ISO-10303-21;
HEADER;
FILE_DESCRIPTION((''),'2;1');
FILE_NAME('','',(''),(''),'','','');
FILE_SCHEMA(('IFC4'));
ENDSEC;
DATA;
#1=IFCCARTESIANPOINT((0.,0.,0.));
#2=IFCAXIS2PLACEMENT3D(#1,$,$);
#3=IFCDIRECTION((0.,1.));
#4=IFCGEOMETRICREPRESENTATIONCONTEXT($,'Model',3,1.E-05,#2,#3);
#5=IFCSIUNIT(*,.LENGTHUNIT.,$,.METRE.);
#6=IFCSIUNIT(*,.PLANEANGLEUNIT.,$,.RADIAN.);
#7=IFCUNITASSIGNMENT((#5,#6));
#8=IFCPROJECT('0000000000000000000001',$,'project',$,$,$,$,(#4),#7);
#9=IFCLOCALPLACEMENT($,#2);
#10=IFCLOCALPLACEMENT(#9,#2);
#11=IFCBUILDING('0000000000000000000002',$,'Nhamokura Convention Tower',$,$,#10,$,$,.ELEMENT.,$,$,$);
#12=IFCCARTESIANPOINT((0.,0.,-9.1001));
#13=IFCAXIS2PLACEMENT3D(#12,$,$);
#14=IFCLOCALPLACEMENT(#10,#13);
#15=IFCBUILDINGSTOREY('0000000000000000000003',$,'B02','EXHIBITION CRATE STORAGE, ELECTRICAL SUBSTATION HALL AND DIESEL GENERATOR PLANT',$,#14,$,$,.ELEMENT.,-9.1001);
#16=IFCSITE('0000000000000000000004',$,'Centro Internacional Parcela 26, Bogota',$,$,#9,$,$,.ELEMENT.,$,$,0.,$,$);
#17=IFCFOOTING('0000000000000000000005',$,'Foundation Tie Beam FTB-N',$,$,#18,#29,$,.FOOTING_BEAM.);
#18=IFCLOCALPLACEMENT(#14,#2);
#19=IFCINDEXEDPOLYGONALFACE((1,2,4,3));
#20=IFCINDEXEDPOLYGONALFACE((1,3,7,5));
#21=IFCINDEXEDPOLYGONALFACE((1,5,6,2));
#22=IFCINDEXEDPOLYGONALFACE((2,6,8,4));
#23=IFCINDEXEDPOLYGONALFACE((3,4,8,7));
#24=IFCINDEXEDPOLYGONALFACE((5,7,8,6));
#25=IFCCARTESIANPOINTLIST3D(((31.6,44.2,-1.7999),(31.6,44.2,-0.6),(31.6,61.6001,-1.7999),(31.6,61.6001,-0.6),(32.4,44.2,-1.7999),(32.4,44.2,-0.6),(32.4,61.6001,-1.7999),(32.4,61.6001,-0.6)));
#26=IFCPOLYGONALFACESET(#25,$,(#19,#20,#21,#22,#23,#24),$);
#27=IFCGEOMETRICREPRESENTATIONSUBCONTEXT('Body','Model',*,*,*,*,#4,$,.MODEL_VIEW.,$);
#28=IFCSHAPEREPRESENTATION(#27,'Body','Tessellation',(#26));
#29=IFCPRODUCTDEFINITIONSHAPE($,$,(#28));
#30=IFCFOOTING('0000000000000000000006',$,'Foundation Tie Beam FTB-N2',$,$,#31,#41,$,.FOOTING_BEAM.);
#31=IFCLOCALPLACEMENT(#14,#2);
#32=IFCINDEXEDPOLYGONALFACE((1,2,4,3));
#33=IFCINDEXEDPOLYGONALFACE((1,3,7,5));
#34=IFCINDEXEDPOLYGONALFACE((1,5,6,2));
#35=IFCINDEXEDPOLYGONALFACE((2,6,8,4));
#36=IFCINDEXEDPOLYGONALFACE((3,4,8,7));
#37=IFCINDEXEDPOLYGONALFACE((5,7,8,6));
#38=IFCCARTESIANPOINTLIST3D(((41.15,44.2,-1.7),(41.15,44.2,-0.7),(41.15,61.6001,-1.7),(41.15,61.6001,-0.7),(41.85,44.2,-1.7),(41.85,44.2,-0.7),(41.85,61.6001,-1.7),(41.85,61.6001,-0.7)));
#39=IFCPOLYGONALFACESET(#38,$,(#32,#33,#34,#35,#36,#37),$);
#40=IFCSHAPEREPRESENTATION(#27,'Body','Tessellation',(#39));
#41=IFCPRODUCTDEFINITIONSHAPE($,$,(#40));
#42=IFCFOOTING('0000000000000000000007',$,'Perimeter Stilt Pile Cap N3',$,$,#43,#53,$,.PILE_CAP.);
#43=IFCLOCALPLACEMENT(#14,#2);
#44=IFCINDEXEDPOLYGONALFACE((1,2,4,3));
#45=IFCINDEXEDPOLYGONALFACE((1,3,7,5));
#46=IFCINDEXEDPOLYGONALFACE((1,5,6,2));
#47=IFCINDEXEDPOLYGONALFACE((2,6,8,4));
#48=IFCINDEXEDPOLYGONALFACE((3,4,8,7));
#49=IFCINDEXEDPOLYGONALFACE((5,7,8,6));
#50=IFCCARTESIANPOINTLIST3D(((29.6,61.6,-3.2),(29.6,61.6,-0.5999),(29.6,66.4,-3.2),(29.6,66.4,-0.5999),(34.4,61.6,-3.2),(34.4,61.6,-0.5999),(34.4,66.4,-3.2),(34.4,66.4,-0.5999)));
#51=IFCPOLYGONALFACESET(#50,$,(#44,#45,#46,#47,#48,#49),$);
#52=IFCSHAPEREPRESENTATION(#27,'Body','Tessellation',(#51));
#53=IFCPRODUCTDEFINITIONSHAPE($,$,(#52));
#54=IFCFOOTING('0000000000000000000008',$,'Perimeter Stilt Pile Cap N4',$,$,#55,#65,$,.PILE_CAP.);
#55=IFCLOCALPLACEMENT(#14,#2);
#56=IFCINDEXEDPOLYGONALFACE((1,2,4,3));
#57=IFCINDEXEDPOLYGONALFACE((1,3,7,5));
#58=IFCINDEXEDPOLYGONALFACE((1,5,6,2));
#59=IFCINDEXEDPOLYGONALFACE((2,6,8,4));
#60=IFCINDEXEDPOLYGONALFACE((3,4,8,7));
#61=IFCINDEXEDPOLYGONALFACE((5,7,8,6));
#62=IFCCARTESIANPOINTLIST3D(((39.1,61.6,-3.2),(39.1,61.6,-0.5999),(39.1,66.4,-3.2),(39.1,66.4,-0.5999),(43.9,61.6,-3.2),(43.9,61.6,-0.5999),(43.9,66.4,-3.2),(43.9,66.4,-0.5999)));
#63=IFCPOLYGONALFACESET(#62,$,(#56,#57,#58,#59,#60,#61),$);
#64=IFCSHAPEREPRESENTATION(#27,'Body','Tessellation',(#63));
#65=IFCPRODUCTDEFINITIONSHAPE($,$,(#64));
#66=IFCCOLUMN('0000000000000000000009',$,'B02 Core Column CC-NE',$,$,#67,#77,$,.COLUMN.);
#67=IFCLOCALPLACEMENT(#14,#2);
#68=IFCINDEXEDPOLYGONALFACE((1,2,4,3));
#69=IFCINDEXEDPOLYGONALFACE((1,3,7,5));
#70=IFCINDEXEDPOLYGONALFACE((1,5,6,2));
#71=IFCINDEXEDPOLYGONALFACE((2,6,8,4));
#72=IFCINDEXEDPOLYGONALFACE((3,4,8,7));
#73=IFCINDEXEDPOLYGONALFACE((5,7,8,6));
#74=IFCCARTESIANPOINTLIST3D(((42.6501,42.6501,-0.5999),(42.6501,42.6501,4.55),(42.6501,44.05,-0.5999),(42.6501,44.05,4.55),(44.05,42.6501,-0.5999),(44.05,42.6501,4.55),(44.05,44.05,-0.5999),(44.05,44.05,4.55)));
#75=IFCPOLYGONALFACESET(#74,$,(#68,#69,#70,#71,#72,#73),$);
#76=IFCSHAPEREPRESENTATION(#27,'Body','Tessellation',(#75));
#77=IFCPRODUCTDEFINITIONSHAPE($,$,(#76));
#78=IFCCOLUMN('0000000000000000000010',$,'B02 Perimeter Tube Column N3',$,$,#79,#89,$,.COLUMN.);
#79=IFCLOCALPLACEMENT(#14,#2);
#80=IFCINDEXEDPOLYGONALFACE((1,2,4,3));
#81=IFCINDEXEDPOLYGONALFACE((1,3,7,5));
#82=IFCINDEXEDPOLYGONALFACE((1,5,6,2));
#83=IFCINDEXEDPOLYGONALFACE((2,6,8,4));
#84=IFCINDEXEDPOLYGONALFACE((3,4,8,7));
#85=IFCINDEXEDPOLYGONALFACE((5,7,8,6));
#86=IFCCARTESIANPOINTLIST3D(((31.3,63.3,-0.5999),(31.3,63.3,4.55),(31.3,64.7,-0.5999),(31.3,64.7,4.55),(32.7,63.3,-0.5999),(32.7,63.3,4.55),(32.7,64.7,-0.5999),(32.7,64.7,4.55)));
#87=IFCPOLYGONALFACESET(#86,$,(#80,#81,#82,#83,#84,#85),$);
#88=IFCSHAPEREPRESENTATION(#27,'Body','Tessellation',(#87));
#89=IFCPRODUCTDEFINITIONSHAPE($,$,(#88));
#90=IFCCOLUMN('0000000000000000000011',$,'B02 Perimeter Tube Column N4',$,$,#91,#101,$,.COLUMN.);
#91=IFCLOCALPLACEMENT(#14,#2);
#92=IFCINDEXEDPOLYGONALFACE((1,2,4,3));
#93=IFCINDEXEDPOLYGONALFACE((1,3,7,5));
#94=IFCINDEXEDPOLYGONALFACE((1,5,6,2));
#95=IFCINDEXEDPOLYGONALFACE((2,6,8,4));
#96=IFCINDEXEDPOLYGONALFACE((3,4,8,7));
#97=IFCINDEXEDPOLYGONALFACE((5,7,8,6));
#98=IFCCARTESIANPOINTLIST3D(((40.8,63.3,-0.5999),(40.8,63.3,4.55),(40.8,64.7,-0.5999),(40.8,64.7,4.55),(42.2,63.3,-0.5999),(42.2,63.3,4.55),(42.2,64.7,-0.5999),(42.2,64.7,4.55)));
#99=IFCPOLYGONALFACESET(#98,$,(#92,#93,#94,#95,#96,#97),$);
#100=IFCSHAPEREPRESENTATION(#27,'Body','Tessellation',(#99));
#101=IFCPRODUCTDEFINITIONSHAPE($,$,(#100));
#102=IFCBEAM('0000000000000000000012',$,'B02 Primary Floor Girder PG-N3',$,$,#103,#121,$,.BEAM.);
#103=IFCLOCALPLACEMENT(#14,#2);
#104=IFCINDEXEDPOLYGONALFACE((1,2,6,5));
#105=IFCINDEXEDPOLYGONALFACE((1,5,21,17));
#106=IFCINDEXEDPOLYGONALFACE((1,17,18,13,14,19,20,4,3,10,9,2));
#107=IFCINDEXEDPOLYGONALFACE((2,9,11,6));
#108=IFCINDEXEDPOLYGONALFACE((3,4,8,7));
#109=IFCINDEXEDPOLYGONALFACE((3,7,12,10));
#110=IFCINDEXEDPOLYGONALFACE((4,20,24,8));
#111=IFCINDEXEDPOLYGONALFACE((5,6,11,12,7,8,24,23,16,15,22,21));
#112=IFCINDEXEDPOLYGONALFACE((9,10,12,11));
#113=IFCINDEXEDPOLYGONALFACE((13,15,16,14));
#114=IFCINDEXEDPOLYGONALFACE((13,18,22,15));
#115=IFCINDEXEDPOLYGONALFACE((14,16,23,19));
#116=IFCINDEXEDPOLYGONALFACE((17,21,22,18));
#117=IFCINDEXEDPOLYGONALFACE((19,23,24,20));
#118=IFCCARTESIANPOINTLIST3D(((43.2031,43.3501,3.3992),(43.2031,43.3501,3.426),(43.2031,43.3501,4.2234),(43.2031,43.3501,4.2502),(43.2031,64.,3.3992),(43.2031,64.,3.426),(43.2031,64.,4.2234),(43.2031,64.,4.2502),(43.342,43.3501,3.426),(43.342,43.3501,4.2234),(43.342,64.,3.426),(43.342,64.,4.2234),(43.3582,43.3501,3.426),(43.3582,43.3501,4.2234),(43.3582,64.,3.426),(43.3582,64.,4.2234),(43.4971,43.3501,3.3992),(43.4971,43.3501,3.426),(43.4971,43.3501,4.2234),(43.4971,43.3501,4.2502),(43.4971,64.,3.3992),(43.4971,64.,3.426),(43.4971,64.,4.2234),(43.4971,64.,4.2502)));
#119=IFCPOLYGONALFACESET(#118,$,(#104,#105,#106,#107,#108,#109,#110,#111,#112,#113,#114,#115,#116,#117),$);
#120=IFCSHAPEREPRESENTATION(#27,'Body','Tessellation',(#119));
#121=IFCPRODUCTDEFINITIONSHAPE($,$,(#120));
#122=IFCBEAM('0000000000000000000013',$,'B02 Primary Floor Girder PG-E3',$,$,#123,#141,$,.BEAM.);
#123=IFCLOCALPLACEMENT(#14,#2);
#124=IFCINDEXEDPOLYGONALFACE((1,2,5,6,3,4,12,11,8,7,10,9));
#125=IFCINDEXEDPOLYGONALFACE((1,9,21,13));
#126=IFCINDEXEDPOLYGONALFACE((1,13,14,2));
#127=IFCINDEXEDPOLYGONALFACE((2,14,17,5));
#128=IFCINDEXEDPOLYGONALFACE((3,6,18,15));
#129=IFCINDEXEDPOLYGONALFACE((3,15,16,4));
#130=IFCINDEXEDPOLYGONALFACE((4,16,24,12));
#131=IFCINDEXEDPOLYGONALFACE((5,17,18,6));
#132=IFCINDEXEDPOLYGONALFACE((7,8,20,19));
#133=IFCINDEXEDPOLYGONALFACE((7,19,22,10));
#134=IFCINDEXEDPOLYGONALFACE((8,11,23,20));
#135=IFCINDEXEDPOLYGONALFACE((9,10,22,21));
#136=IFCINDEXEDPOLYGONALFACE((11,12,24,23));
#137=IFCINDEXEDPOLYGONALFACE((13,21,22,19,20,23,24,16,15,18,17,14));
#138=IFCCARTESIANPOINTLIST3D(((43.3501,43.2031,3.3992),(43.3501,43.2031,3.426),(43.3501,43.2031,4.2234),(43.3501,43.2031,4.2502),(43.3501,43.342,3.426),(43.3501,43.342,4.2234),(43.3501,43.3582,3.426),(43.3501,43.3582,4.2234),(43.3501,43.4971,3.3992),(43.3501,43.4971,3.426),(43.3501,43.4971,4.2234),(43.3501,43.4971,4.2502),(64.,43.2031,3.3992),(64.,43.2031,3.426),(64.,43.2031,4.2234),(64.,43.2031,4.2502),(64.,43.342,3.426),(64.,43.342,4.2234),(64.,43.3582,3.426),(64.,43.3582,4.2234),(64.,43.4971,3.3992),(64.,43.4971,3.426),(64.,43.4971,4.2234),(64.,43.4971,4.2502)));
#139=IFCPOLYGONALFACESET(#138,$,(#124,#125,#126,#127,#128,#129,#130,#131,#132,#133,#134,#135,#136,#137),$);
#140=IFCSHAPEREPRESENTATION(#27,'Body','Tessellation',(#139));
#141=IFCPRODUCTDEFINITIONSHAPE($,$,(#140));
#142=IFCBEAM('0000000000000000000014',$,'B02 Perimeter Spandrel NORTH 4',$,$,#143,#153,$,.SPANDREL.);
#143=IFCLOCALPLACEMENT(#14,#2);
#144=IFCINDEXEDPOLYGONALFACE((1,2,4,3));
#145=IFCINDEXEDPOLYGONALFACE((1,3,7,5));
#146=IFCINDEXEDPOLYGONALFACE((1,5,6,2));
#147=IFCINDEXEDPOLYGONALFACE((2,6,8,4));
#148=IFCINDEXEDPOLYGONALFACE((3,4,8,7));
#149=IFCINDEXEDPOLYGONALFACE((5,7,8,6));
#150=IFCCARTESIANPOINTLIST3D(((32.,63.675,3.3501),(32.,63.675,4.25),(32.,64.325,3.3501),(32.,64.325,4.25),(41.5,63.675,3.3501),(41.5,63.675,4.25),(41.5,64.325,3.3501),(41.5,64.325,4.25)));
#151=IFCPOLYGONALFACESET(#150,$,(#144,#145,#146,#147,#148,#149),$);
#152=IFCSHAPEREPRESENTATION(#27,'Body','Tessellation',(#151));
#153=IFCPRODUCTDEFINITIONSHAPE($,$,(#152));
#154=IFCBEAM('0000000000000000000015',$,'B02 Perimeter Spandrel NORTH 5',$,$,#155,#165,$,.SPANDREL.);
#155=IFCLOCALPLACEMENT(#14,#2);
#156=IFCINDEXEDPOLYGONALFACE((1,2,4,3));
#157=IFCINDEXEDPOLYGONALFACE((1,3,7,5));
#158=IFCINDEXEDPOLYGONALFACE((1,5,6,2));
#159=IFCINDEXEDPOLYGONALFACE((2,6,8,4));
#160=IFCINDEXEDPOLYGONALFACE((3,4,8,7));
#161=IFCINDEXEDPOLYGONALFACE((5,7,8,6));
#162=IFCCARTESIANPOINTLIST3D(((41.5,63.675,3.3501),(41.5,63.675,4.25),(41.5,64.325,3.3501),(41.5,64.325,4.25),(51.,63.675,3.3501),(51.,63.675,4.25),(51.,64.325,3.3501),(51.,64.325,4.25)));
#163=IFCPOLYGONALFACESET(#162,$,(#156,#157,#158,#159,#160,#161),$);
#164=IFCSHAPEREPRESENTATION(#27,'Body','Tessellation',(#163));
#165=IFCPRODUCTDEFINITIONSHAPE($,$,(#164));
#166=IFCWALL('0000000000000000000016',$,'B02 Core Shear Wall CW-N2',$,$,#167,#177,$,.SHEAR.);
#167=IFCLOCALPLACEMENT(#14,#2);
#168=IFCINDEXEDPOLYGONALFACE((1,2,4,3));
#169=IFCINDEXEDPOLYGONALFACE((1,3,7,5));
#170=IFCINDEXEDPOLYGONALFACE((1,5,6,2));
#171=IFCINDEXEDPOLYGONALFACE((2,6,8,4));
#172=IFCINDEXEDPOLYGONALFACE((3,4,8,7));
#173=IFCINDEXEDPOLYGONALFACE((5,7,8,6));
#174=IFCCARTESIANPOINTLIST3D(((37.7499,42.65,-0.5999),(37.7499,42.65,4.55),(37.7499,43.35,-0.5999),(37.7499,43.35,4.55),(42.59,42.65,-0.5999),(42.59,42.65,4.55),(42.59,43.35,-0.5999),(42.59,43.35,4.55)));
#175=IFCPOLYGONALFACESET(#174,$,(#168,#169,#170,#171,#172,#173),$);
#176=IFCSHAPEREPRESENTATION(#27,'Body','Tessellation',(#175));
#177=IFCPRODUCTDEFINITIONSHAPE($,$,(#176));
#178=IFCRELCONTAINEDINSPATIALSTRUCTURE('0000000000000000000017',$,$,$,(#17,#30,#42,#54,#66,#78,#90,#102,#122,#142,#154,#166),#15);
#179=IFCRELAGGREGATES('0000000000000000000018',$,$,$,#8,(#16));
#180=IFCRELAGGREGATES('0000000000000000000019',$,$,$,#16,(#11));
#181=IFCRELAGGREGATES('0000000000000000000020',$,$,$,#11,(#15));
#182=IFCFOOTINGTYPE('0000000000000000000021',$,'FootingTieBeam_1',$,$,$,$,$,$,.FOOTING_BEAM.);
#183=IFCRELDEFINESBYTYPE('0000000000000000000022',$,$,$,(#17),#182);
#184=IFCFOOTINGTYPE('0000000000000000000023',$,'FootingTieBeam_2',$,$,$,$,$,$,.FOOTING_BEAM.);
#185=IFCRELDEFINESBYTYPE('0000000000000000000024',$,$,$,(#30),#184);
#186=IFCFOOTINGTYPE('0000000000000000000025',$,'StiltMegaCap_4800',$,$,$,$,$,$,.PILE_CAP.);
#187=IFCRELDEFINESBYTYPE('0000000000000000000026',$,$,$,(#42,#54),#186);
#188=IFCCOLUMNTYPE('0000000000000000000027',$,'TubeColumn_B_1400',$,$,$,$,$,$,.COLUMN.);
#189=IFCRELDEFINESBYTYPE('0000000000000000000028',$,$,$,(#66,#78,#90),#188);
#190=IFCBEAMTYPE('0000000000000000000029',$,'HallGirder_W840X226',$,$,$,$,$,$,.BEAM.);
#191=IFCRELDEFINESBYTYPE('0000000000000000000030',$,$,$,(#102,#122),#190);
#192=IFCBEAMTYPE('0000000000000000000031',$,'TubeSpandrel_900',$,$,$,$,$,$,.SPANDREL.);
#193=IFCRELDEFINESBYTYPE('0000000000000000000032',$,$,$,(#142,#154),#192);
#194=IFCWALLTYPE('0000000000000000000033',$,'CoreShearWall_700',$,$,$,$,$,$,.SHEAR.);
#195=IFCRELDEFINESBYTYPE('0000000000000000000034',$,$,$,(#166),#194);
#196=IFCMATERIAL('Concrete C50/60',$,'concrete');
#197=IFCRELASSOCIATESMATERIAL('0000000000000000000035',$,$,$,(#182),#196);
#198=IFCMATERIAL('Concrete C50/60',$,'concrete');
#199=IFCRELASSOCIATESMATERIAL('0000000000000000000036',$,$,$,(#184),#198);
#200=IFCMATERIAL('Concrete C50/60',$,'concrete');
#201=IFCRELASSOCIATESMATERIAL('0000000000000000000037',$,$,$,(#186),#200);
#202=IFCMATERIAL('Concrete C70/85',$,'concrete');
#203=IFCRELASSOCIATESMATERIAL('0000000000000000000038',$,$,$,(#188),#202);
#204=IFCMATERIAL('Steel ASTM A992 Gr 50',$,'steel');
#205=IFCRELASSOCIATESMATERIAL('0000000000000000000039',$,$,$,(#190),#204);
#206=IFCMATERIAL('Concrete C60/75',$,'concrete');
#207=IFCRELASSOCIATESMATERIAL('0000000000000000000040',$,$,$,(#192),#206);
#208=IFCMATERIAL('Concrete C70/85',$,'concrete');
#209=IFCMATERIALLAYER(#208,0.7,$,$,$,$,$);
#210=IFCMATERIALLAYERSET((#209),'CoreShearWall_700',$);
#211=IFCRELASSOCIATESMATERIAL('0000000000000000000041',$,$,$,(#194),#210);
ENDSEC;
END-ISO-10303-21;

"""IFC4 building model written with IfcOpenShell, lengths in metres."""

from ifc_helpers import new_model, si_unit, direction, frame, frame_2d, origin, origin_2d, place, context, subcontext, project, spatial, rectangle, i_section, extrude, material, layer, layer_set, material_profile, profile_set, type_object, element, save


model = new_model("IFC4")

# Units and contexts
model_context = context("Model", 3, precision=1e-05, world=origin(), true_north=direction((0.0, 1.0)))
body_context = subcontext(model_context, "Body", "Model", "MODEL_VIEW")
ifc_project = project(units=[si_unit("LENGTHUNIT", "METRE"), si_unit("PLANEANGLEUNIT", "RADIAN")], contexts=[model_context])

# Site, building, storey
site_placement = place(None, origin())
site = spatial("IfcSite", under=ifc_project, at=site_placement, Name="Centro Internacional Parcela 26, Bogota", CompositionType="ELEMENT", RefElevation=0.0)
building_placement = place(site_placement, origin())
building = spatial("IfcBuilding", under=site, at=building_placement, Name="Nhamokura Convention Tower", CompositionType="ELEMENT")
storey_placement = place(building_placement, frame((0.0, 0.0, -9.1001)))
storey = spatial("IfcBuildingStorey", under=building, at=storey_placement, Name="B02", Description="EXHIBITION CRATE STORAGE, ELECTRICAL SUBSTATION HALL AND DIESEL GENERATOR PLANT", CompositionType="ELEMENT", Elevation=-9.1001)

# Footings
ifc_material_1 = material(Name="Concrete C50/60", Category="concrete")
ifc_material_profile_1 = material_profile(ifc_material_1, rectangle(XDim=0.8, YDim=1.2, at=origin_2d()))
ifc_profile_set_1 = profile_set([ifc_material_profile_1], Name="Concrete C50/60")
footing_type_1 = type_object("IfcFootingType", Name="FootingTieBeam_1", PredefinedType="FOOTING_BEAM", material=ifc_profile_set_1)
footing_1_placement = place(storey_placement, frame((32.0, 44.2, -1.2), z_axis=(0.0, 1.0, 0.0), x_axis=(-1.0, 0.0, 0.0)))
element("IfcFooting", 1, at=footing_1_placement, inside=storey, type_object=footing_type_1, Name="Foundation Tie Beam FTB-N", PredefinedType="FOOTING_BEAM", context=body_context, shape_type="SweptSolid", body=[
    extrude(rectangle(XDim=0.8, YDim=1.2, at=origin_2d()), origin(), (0.0, 0.0, 1.0), 17.4001),
])
ifc_material_2 = material(Name="Concrete C50/60", Category="concrete")
ifc_material_profile_2 = material_profile(ifc_material_2, rectangle(XDim=0.7, YDim=1.0, at=origin_2d()))
ifc_profile_set_2 = profile_set([ifc_material_profile_2], Name="Concrete C50/60")
footing_type_2 = type_object("IfcFootingType", Name="FootingTieBeam_2", PredefinedType="FOOTING_BEAM", material=ifc_profile_set_2)
footing_2_placement = place(storey_placement, frame((41.5, 44.2, -1.2), z_axis=(0.0, 1.0, 0.0), x_axis=(-1.0, 0.0, 0.0)))
element("IfcFooting", 2, at=footing_2_placement, inside=storey, type_object=footing_type_2, Name="Foundation Tie Beam FTB-N2", PredefinedType="FOOTING_BEAM", context=body_context, shape_type="SweptSolid", body=[
    extrude(rectangle(XDim=0.7, YDim=1.0, at=origin_2d()), origin(), (0.0, 0.0, 1.0), 17.4001),
])
ifc_material_3 = material(Name="Concrete C50/60", Category="concrete")
footing_type_3 = type_object("IfcFootingType", Name="StiltMegaCap_4800", PredefinedType="PILE_CAP", material=ifc_material_3)
for number, where, z_axis, x_axis, name in (
    (3, (32.0, 64.0, -3.2), (0.0, 0.0, 1.0), (1.0, 0.0, 0.0), "Perimeter Stilt Pile Cap N3"),
    (4, (41.5, 64.0, -3.2), (0.0, 0.0, 1.0), (1.0, 0.0, 0.0), "Perimeter Stilt Pile Cap N4"),
):
    element("IfcFooting", number, at=place(storey_placement, frame(where, z_axis=z_axis, x_axis=x_axis)), inside=storey, type_object=footing_type_3, Name=name, PredefinedType="PILE_CAP", context=body_context, shape_type="SweptSolid", body=[
        extrude(rectangle(XDim=4.8, YDim=4.8, at=origin_2d()), origin(), (0.0, 0.0, 1.0), 2.6001),
    ])

# Columns
ifc_material_4 = material(Name="Concrete C70/85", Category="concrete")
ifc_material_profile_3 = material_profile(ifc_material_4, rectangle(XDim=1.3999, YDim=1.3999, at=origin_2d()))
ifc_profile_set_3 = profile_set([ifc_material_profile_3], Name="Concrete C70/85")
column_type = type_object("IfcColumnType", Name="TubeColumn_B_1400", PredefinedType="COLUMN", material=ifc_profile_set_3)
for number, where, z_axis, x_axis, name in (
    (5, (43.3501, 43.3501, -0.5999), (0.0, 0.0, 1.0), (1.0, 0.0, 0.0), "B02 Core Column CC-NE"),
    (6, (32.0, 64.0, -0.5999), (0.0, 0.0, 1.0), (1.0, 0.0, 0.0), "B02 Perimeter Tube Column N3"),
    (7, (41.5, 64.0, -0.5999), (0.0, 0.0, 1.0), (1.0, 0.0, 0.0), "B02 Perimeter Tube Column N4"),
):
    element("IfcColumn", number, at=place(storey_placement, frame(where, z_axis=z_axis, x_axis=x_axis)), inside=storey, type_object=column_type, Name=name, PredefinedType="COLUMN", context=body_context, shape_type="SweptSolid", body=[
        extrude(rectangle(XDim=1.3999, YDim=1.3999, at=origin_2d()), origin(), (0.0, 0.0, 1.0), 5.1499),
    ])

# Beams
ifc_material_5 = material(Name="Steel ASTM A992 Gr 50", Category="steel")
ifc_material_profile_4 = material_profile(ifc_material_5, i_section(OverallWidth=0.2939, OverallDepth=0.8511, WebThickness=0.0161, FlangeThickness=0.0269, at=origin_2d()))
ifc_profile_set_4 = profile_set([ifc_material_profile_4], Name="Steel ASTM A992 Gr 50")
beam_type_1 = type_object("IfcBeamType", Name="HallGirder_W840X226", PredefinedType="BEAM", material=ifc_profile_set_4)
for number, where, z_axis, x_axis, name in (
    (8, (43.3501, 43.3501, 3.8247), (0.0, 1.0, 0.0), (-1.0, 0.0, 0.0), "B02 Primary Floor Girder PG-N3"),
    (9, (43.3501, 43.3501, 3.8247), (1.0, 0.0, 0.0), (0.0, 1.0, 0.0), "B02 Primary Floor Girder PG-E3"),
):
    element("IfcBeam", number, at=place(storey_placement, frame(where, z_axis=z_axis, x_axis=x_axis)), inside=storey, type_object=beam_type_1, Name=name, PredefinedType="BEAM", context=body_context, shape_type="SweptSolid", body=[
        extrude(i_section(OverallWidth=0.2939, OverallDepth=0.8511, WebThickness=0.0161, FlangeThickness=0.0269, at=origin_2d()), origin(), (0.0, 0.0, 1.0), 20.6499),
    ])
ifc_material_6 = material(Name="Concrete C60/75", Category="concrete")
ifc_material_profile_5 = material_profile(ifc_material_6, rectangle(XDim=0.6499, YDim=0.8999, at=origin_2d()))
ifc_profile_set_5 = profile_set([ifc_material_profile_5], Name="Concrete C60/75")
beam_type_2 = type_object("IfcBeamType", Name="TubeSpandrel_900", PredefinedType="SPANDREL", material=ifc_profile_set_5)
for number, where, z_axis, x_axis, name in (
    (10, (32.0, 64.0, 3.8), (1.0, 0.0, 0.0), (0.0, 1.0, 0.0), "B02 Perimeter Spandrel NORTH 4"),
    (11, (41.5, 64.0, 3.8), (1.0, 0.0, 0.0), (0.0, 1.0, 0.0), "B02 Perimeter Spandrel NORTH 5"),
):
    element("IfcBeam", number, at=place(storey_placement, frame(where, z_axis=z_axis, x_axis=x_axis)), inside=storey, type_object=beam_type_2, Name=name, PredefinedType="SPANDREL", context=body_context, shape_type="SweptSolid", body=[
        extrude(rectangle(XDim=0.6499, YDim=0.8999, at=origin_2d()), origin(), (0.0, 0.0, 1.0), 9.5),
    ])

# Wall
ifc_material_7 = material(Name="Concrete C70/85", Category="concrete")
ifc_layer_1 = layer(ifc_material_7, 0.7)
ifc_layer_set_1 = layer_set([ifc_layer_1], Name="CoreShearWall_700")
wall_type_1 = type_object("IfcWallType", Name="CoreShearWall_700", PredefinedType="SHEAR", material=ifc_layer_set_1)
wall_1_placement = place(storey_placement, frame((37.75, 43.0, -0.5999), z_axis=(0.0, 0.0, 1.0), x_axis=(1.0, 0.0, 0.0)))
element("IfcWall", 12, at=wall_1_placement, inside=storey, type_object=wall_type_1, Name="B02 Core Shear Wall CW-N2", PredefinedType="SHEAR", context=body_context, shape_type="SweptSolid", body=[
    extrude(rectangle(XDim=4.8401, YDim=0.7, at=frame_2d((2.4199, 0.0))), origin(), (0.0, 0.0, 1.0), 5.1499),
])

save(model, "model.ifc")
